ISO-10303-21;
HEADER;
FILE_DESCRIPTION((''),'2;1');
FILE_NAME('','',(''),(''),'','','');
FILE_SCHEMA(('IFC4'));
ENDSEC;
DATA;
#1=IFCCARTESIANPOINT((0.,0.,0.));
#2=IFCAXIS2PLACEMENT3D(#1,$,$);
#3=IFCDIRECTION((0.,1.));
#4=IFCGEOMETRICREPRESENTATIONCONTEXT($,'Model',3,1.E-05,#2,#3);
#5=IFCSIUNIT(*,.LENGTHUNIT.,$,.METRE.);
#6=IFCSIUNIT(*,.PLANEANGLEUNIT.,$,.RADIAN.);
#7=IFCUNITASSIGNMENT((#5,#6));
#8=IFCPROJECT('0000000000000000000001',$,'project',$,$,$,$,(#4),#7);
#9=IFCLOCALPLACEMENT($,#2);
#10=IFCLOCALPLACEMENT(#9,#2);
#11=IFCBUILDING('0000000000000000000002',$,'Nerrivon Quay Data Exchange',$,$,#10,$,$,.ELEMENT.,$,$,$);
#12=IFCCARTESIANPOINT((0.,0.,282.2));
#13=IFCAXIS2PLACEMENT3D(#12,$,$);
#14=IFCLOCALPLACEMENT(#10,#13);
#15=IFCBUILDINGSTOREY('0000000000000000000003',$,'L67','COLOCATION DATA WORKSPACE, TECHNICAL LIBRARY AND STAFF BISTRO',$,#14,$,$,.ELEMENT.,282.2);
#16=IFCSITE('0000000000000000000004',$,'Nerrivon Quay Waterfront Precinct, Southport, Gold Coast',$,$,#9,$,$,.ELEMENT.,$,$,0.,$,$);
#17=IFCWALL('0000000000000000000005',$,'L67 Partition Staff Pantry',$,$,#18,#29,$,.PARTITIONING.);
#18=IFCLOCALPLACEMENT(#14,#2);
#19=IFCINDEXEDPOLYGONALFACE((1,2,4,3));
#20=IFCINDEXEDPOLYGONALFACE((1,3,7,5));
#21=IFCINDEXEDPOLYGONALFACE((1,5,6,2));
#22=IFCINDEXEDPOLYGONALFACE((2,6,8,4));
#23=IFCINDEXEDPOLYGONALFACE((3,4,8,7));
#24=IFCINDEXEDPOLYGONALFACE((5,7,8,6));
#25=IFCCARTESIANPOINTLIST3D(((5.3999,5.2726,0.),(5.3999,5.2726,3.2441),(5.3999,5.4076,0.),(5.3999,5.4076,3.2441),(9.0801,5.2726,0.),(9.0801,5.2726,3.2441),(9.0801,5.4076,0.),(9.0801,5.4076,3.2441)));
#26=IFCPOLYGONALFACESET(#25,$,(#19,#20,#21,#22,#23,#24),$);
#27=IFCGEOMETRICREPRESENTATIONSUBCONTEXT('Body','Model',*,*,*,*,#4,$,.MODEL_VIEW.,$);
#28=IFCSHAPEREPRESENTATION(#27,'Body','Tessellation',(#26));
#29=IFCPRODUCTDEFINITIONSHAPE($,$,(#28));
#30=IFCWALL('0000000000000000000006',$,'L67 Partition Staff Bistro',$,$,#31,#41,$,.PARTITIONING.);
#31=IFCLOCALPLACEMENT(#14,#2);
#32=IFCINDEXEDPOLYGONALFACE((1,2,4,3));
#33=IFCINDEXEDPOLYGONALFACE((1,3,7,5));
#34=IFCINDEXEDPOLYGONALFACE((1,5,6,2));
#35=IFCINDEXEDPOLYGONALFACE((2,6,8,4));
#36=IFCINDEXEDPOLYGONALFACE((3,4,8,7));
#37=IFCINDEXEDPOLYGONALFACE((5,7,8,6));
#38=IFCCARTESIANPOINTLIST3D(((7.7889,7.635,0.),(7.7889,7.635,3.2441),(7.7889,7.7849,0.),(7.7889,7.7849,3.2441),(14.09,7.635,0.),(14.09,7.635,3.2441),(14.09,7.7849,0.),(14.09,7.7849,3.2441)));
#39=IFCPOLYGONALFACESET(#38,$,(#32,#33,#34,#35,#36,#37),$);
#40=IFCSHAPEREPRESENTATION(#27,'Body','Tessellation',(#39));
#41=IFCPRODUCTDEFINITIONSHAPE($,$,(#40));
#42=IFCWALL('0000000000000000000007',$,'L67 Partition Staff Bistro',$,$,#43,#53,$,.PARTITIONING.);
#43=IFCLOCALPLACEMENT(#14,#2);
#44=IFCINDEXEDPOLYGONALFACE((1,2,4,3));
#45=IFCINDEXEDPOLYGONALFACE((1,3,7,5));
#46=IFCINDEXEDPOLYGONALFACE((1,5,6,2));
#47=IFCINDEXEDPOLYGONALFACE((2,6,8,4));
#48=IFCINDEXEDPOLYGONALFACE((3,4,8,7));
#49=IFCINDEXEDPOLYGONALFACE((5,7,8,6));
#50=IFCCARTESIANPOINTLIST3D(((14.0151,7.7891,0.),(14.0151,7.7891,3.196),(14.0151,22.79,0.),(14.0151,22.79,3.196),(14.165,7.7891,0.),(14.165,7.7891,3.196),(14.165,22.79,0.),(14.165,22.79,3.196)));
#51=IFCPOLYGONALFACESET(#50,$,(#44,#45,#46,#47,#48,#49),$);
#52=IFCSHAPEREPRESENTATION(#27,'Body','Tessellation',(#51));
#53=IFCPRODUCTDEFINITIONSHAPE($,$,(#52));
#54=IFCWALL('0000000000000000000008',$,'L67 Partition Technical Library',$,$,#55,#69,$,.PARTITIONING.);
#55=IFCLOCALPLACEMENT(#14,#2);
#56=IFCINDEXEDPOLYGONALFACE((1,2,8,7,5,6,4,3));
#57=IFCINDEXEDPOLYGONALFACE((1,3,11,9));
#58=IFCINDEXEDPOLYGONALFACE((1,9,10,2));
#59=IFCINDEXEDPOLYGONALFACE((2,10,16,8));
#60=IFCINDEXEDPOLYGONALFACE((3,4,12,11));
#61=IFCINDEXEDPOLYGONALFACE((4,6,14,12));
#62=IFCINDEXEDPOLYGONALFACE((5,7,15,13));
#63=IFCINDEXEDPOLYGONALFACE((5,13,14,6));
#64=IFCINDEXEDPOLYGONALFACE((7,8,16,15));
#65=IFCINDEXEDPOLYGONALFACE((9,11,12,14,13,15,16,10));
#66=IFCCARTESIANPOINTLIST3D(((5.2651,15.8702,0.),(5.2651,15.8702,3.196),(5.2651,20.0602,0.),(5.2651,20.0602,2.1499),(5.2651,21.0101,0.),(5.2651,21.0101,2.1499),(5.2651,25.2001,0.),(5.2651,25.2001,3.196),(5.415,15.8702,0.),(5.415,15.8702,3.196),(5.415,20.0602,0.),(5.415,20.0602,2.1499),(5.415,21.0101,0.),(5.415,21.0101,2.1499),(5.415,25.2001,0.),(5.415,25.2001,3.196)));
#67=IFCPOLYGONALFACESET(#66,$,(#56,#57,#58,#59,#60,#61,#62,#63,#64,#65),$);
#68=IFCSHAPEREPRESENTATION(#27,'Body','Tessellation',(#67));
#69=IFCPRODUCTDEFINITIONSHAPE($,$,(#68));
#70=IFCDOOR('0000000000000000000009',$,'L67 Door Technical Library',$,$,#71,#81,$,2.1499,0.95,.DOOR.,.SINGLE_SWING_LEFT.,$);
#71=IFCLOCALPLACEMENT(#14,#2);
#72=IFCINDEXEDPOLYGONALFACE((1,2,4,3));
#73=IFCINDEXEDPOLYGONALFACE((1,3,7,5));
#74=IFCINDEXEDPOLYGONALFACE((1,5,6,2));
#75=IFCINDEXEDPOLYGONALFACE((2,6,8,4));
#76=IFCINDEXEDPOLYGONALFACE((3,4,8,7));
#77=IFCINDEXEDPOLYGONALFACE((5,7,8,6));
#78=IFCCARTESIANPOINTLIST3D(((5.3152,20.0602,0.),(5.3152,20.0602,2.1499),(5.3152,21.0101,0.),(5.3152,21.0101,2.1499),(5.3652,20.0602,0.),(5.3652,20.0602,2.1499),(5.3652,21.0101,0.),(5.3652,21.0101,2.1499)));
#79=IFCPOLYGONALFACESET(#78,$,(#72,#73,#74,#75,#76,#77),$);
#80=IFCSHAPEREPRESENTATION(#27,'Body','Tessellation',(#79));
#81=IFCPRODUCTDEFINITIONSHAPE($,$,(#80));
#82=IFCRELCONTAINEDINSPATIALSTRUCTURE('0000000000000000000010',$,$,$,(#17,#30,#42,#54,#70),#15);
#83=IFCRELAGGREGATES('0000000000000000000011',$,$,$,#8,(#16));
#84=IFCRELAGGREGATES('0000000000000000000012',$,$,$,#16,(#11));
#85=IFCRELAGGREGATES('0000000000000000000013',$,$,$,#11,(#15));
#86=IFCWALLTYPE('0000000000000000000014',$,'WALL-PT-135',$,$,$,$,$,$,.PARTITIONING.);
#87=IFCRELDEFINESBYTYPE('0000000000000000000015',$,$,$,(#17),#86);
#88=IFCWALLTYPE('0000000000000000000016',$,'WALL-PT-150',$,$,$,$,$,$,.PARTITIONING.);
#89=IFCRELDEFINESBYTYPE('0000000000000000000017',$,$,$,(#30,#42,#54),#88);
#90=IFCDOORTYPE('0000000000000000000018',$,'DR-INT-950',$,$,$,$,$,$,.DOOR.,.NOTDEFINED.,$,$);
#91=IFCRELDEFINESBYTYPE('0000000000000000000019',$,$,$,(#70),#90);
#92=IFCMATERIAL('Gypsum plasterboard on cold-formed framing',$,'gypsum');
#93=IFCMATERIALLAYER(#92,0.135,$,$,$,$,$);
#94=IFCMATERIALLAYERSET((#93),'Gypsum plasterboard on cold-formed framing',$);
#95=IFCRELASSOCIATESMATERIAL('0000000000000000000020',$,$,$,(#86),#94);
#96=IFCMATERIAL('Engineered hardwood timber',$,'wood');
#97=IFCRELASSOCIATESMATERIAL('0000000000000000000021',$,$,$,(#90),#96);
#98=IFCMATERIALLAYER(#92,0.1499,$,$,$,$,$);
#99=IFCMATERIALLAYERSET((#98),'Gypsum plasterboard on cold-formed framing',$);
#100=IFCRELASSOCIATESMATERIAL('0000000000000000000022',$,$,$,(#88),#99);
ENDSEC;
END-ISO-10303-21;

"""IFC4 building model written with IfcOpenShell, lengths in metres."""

from ifc_helpers import new_model, si_unit, direction, frame, frame_2d, origin, place, context, subcontext, project, spatial, rectangle, extrude, material, layer, layer_set, type_object, element, fill, save


model = new_model("IFC4")

# Units and contexts
model_context = context("Model", 3, precision=1e-05, world=origin(), true_north=direction((0.0, 1.0)))
body_context = subcontext(model_context, "Body", "Model", "MODEL_VIEW")
ifc_project = project(units=[si_unit("LENGTHUNIT", "METRE"), si_unit("PLANEANGLEUNIT", "RADIAN")], contexts=[model_context])

# Site, building, storey
site_placement = place(None, origin())
site = spatial("IfcSite", under=ifc_project, at=site_placement, Name="Nerrivon Quay Waterfront Precinct, Southport, Gold Coast", CompositionType="ELEMENT", RefElevation=0.0)
building_placement = place(site_placement, origin())
building = spatial("IfcBuilding", under=site, at=building_placement, Name="Nerrivon Quay Data Exchange", CompositionType="ELEMENT")
storey_placement = place(building_placement, frame((0.0, 0.0, 282.2)))
storey = spatial("IfcBuildingStorey", under=building, at=storey_placement, Name="L67", Description="COLOCATION DATA WORKSPACE, TECHNICAL LIBRARY AND STAFF BISTRO", CompositionType="ELEMENT", Elevation=282.2)

# Shared definitions
ifc_material_1 = material(Name="Gypsum plasterboard on cold-formed framing", Category="gypsum")
ifc_material_2 = material(Name="Engineered hardwood timber", Category="wood")

# Wall
ifc_layer_1 = layer(ifc_material_1, 0.135)
ifc_layer_set_1 = layer_set([ifc_layer_1], Name="Gypsum plasterboard on cold-formed framing")
wall_type_1 = type_object("IfcWallType", Name="WALL-PT-135", PredefinedType="PARTITIONING", material=ifc_layer_set_1)
wall_1_placement = place(storey_placement, frame((9.0801, 5.3401, 0.0), z_axis=(0.0, 0.0, 1.0), x_axis=(-1.0, 0.0, 0.0)))
element("IfcWall", 1, at=wall_1_placement, inside=storey, type_object=wall_type_1, Name="L67 Partition Staff Pantry", PredefinedType="PARTITIONING", context=body_context, shape_type="SweptSolid", body=[
    extrude(rectangle(XDim=3.6802, YDim=0.135, at=frame_2d((1.8401, 0.0))), origin(), (0.0, 0.0, 1.0), 3.2441),
])

# Shared definitions
door_type_1 = type_object("IfcDoorType", Name="DR-INT-950", OperationType="NOTDEFINED", PredefinedType="DOOR", material=ifc_material_2)

# Walls
ifc_layer_2 = layer(ifc_material_1, 0.1499)
ifc_layer_set_2 = layer_set([ifc_layer_2], Name="Gypsum plasterboard on cold-formed framing")
wall_type_2 = type_object("IfcWallType", Name="WALL-PT-150", PredefinedType="PARTITIONING", material=ifc_layer_set_2)
wall_2_placement = place(storey_placement, frame((7.7891, 7.71, 0.0), z_axis=(0.0, 0.0, 1.0), x_axis=(1.0, 0.0, 0.0)))
element("IfcWall", 2, at=wall_2_placement, inside=storey, type_object=wall_type_2, Name="L67 Partition Staff Bistro", PredefinedType="PARTITIONING", context=body_context, shape_type="SweptSolid", body=[
    extrude(rectangle(XDim=6.301, YDim=0.1499, at=frame_2d((3.1504, 0.0))), origin(), (0.0, 0.0, 1.0), 3.2441),
])
wall_3_placement = place(storey_placement, frame((14.0901, 7.7891, 0.0), z_axis=(0.0, 0.0, 1.0), x_axis=(0.0, 1.0, 0.0)))
element("IfcWall", 3, at=wall_3_placement, inside=storey, type_object=wall_type_2, Name="L67 Partition Staff Bistro", PredefinedType="PARTITIONING", context=body_context, shape_type="SweptSolid", body=[
    extrude(rectangle(XDim=15.001, YDim=0.1499, at=frame_2d((7.5005, 0.0))), origin(), (0.0, 0.0, 1.0), 3.196),
])

# Wall, opening, door
wall_4_placement = place(storey_placement, frame((5.3401, 15.8701, 0.0), z_axis=(0.0, 0.0, 1.0), x_axis=(0.0, 1.0, 0.0)))
wall_4 = element("IfcWall", 4, at=wall_4_placement, inside=storey, type_object=wall_type_2, Name="L67 Partition Technical Library", PredefinedType="PARTITIONING", context=body_context, shape_type="SweptSolid", body=[
    extrude(rectangle(XDim=9.3298, YDim=0.1499, at=frame_2d((4.665, 0.0))), origin(), (0.0, 0.0, 1.0), 3.196),
])
opening_1_placement = place(wall_4_placement, frame((4.1899, 0.0, 0.0)))
opening_1 = element("IfcOpeningElement", 5, at=opening_1_placement, cuts=wall_4, PredefinedType="OPENING", context=body_context, shape_type="SweptSolid", body=[
    extrude(rectangle(XDim=0.95, YDim=2.1499, at=frame_2d((0.4751, 1.075))), frame((0.0, 0.085, 0.0), z_axis=(0.0, -1.0, 0.0), x_axis=(1.0, 0.0, 0.0)), (0.0, 0.0, 1.0), 0.1699),
])
door_1_placement = place(opening_1_placement, origin())
door_1 = element("IfcDoor", 6, at=door_1_placement, inside=storey, type_object=door_type_1, Name="L67 Door Technical Library", OperationType="SINGLE_SWING_LEFT", OverallHeight=2.1499, OverallWidth=0.95, PredefinedType="DOOR", context=body_context, shape_type="SweptSolid", body=[
    extrude(rectangle(XDim=0.95, YDim=2.1499, at=frame_2d((0.4751, 1.075))), frame((0.0, 0.0249, 0.0), z_axis=(0.0, -1.0, 0.0), x_axis=(1.0, 0.0, 0.0)), (0.0, 0.0, 1.0), 0.05),
])
fill(opening_1, door_1)

save(model, "model.ifc")
